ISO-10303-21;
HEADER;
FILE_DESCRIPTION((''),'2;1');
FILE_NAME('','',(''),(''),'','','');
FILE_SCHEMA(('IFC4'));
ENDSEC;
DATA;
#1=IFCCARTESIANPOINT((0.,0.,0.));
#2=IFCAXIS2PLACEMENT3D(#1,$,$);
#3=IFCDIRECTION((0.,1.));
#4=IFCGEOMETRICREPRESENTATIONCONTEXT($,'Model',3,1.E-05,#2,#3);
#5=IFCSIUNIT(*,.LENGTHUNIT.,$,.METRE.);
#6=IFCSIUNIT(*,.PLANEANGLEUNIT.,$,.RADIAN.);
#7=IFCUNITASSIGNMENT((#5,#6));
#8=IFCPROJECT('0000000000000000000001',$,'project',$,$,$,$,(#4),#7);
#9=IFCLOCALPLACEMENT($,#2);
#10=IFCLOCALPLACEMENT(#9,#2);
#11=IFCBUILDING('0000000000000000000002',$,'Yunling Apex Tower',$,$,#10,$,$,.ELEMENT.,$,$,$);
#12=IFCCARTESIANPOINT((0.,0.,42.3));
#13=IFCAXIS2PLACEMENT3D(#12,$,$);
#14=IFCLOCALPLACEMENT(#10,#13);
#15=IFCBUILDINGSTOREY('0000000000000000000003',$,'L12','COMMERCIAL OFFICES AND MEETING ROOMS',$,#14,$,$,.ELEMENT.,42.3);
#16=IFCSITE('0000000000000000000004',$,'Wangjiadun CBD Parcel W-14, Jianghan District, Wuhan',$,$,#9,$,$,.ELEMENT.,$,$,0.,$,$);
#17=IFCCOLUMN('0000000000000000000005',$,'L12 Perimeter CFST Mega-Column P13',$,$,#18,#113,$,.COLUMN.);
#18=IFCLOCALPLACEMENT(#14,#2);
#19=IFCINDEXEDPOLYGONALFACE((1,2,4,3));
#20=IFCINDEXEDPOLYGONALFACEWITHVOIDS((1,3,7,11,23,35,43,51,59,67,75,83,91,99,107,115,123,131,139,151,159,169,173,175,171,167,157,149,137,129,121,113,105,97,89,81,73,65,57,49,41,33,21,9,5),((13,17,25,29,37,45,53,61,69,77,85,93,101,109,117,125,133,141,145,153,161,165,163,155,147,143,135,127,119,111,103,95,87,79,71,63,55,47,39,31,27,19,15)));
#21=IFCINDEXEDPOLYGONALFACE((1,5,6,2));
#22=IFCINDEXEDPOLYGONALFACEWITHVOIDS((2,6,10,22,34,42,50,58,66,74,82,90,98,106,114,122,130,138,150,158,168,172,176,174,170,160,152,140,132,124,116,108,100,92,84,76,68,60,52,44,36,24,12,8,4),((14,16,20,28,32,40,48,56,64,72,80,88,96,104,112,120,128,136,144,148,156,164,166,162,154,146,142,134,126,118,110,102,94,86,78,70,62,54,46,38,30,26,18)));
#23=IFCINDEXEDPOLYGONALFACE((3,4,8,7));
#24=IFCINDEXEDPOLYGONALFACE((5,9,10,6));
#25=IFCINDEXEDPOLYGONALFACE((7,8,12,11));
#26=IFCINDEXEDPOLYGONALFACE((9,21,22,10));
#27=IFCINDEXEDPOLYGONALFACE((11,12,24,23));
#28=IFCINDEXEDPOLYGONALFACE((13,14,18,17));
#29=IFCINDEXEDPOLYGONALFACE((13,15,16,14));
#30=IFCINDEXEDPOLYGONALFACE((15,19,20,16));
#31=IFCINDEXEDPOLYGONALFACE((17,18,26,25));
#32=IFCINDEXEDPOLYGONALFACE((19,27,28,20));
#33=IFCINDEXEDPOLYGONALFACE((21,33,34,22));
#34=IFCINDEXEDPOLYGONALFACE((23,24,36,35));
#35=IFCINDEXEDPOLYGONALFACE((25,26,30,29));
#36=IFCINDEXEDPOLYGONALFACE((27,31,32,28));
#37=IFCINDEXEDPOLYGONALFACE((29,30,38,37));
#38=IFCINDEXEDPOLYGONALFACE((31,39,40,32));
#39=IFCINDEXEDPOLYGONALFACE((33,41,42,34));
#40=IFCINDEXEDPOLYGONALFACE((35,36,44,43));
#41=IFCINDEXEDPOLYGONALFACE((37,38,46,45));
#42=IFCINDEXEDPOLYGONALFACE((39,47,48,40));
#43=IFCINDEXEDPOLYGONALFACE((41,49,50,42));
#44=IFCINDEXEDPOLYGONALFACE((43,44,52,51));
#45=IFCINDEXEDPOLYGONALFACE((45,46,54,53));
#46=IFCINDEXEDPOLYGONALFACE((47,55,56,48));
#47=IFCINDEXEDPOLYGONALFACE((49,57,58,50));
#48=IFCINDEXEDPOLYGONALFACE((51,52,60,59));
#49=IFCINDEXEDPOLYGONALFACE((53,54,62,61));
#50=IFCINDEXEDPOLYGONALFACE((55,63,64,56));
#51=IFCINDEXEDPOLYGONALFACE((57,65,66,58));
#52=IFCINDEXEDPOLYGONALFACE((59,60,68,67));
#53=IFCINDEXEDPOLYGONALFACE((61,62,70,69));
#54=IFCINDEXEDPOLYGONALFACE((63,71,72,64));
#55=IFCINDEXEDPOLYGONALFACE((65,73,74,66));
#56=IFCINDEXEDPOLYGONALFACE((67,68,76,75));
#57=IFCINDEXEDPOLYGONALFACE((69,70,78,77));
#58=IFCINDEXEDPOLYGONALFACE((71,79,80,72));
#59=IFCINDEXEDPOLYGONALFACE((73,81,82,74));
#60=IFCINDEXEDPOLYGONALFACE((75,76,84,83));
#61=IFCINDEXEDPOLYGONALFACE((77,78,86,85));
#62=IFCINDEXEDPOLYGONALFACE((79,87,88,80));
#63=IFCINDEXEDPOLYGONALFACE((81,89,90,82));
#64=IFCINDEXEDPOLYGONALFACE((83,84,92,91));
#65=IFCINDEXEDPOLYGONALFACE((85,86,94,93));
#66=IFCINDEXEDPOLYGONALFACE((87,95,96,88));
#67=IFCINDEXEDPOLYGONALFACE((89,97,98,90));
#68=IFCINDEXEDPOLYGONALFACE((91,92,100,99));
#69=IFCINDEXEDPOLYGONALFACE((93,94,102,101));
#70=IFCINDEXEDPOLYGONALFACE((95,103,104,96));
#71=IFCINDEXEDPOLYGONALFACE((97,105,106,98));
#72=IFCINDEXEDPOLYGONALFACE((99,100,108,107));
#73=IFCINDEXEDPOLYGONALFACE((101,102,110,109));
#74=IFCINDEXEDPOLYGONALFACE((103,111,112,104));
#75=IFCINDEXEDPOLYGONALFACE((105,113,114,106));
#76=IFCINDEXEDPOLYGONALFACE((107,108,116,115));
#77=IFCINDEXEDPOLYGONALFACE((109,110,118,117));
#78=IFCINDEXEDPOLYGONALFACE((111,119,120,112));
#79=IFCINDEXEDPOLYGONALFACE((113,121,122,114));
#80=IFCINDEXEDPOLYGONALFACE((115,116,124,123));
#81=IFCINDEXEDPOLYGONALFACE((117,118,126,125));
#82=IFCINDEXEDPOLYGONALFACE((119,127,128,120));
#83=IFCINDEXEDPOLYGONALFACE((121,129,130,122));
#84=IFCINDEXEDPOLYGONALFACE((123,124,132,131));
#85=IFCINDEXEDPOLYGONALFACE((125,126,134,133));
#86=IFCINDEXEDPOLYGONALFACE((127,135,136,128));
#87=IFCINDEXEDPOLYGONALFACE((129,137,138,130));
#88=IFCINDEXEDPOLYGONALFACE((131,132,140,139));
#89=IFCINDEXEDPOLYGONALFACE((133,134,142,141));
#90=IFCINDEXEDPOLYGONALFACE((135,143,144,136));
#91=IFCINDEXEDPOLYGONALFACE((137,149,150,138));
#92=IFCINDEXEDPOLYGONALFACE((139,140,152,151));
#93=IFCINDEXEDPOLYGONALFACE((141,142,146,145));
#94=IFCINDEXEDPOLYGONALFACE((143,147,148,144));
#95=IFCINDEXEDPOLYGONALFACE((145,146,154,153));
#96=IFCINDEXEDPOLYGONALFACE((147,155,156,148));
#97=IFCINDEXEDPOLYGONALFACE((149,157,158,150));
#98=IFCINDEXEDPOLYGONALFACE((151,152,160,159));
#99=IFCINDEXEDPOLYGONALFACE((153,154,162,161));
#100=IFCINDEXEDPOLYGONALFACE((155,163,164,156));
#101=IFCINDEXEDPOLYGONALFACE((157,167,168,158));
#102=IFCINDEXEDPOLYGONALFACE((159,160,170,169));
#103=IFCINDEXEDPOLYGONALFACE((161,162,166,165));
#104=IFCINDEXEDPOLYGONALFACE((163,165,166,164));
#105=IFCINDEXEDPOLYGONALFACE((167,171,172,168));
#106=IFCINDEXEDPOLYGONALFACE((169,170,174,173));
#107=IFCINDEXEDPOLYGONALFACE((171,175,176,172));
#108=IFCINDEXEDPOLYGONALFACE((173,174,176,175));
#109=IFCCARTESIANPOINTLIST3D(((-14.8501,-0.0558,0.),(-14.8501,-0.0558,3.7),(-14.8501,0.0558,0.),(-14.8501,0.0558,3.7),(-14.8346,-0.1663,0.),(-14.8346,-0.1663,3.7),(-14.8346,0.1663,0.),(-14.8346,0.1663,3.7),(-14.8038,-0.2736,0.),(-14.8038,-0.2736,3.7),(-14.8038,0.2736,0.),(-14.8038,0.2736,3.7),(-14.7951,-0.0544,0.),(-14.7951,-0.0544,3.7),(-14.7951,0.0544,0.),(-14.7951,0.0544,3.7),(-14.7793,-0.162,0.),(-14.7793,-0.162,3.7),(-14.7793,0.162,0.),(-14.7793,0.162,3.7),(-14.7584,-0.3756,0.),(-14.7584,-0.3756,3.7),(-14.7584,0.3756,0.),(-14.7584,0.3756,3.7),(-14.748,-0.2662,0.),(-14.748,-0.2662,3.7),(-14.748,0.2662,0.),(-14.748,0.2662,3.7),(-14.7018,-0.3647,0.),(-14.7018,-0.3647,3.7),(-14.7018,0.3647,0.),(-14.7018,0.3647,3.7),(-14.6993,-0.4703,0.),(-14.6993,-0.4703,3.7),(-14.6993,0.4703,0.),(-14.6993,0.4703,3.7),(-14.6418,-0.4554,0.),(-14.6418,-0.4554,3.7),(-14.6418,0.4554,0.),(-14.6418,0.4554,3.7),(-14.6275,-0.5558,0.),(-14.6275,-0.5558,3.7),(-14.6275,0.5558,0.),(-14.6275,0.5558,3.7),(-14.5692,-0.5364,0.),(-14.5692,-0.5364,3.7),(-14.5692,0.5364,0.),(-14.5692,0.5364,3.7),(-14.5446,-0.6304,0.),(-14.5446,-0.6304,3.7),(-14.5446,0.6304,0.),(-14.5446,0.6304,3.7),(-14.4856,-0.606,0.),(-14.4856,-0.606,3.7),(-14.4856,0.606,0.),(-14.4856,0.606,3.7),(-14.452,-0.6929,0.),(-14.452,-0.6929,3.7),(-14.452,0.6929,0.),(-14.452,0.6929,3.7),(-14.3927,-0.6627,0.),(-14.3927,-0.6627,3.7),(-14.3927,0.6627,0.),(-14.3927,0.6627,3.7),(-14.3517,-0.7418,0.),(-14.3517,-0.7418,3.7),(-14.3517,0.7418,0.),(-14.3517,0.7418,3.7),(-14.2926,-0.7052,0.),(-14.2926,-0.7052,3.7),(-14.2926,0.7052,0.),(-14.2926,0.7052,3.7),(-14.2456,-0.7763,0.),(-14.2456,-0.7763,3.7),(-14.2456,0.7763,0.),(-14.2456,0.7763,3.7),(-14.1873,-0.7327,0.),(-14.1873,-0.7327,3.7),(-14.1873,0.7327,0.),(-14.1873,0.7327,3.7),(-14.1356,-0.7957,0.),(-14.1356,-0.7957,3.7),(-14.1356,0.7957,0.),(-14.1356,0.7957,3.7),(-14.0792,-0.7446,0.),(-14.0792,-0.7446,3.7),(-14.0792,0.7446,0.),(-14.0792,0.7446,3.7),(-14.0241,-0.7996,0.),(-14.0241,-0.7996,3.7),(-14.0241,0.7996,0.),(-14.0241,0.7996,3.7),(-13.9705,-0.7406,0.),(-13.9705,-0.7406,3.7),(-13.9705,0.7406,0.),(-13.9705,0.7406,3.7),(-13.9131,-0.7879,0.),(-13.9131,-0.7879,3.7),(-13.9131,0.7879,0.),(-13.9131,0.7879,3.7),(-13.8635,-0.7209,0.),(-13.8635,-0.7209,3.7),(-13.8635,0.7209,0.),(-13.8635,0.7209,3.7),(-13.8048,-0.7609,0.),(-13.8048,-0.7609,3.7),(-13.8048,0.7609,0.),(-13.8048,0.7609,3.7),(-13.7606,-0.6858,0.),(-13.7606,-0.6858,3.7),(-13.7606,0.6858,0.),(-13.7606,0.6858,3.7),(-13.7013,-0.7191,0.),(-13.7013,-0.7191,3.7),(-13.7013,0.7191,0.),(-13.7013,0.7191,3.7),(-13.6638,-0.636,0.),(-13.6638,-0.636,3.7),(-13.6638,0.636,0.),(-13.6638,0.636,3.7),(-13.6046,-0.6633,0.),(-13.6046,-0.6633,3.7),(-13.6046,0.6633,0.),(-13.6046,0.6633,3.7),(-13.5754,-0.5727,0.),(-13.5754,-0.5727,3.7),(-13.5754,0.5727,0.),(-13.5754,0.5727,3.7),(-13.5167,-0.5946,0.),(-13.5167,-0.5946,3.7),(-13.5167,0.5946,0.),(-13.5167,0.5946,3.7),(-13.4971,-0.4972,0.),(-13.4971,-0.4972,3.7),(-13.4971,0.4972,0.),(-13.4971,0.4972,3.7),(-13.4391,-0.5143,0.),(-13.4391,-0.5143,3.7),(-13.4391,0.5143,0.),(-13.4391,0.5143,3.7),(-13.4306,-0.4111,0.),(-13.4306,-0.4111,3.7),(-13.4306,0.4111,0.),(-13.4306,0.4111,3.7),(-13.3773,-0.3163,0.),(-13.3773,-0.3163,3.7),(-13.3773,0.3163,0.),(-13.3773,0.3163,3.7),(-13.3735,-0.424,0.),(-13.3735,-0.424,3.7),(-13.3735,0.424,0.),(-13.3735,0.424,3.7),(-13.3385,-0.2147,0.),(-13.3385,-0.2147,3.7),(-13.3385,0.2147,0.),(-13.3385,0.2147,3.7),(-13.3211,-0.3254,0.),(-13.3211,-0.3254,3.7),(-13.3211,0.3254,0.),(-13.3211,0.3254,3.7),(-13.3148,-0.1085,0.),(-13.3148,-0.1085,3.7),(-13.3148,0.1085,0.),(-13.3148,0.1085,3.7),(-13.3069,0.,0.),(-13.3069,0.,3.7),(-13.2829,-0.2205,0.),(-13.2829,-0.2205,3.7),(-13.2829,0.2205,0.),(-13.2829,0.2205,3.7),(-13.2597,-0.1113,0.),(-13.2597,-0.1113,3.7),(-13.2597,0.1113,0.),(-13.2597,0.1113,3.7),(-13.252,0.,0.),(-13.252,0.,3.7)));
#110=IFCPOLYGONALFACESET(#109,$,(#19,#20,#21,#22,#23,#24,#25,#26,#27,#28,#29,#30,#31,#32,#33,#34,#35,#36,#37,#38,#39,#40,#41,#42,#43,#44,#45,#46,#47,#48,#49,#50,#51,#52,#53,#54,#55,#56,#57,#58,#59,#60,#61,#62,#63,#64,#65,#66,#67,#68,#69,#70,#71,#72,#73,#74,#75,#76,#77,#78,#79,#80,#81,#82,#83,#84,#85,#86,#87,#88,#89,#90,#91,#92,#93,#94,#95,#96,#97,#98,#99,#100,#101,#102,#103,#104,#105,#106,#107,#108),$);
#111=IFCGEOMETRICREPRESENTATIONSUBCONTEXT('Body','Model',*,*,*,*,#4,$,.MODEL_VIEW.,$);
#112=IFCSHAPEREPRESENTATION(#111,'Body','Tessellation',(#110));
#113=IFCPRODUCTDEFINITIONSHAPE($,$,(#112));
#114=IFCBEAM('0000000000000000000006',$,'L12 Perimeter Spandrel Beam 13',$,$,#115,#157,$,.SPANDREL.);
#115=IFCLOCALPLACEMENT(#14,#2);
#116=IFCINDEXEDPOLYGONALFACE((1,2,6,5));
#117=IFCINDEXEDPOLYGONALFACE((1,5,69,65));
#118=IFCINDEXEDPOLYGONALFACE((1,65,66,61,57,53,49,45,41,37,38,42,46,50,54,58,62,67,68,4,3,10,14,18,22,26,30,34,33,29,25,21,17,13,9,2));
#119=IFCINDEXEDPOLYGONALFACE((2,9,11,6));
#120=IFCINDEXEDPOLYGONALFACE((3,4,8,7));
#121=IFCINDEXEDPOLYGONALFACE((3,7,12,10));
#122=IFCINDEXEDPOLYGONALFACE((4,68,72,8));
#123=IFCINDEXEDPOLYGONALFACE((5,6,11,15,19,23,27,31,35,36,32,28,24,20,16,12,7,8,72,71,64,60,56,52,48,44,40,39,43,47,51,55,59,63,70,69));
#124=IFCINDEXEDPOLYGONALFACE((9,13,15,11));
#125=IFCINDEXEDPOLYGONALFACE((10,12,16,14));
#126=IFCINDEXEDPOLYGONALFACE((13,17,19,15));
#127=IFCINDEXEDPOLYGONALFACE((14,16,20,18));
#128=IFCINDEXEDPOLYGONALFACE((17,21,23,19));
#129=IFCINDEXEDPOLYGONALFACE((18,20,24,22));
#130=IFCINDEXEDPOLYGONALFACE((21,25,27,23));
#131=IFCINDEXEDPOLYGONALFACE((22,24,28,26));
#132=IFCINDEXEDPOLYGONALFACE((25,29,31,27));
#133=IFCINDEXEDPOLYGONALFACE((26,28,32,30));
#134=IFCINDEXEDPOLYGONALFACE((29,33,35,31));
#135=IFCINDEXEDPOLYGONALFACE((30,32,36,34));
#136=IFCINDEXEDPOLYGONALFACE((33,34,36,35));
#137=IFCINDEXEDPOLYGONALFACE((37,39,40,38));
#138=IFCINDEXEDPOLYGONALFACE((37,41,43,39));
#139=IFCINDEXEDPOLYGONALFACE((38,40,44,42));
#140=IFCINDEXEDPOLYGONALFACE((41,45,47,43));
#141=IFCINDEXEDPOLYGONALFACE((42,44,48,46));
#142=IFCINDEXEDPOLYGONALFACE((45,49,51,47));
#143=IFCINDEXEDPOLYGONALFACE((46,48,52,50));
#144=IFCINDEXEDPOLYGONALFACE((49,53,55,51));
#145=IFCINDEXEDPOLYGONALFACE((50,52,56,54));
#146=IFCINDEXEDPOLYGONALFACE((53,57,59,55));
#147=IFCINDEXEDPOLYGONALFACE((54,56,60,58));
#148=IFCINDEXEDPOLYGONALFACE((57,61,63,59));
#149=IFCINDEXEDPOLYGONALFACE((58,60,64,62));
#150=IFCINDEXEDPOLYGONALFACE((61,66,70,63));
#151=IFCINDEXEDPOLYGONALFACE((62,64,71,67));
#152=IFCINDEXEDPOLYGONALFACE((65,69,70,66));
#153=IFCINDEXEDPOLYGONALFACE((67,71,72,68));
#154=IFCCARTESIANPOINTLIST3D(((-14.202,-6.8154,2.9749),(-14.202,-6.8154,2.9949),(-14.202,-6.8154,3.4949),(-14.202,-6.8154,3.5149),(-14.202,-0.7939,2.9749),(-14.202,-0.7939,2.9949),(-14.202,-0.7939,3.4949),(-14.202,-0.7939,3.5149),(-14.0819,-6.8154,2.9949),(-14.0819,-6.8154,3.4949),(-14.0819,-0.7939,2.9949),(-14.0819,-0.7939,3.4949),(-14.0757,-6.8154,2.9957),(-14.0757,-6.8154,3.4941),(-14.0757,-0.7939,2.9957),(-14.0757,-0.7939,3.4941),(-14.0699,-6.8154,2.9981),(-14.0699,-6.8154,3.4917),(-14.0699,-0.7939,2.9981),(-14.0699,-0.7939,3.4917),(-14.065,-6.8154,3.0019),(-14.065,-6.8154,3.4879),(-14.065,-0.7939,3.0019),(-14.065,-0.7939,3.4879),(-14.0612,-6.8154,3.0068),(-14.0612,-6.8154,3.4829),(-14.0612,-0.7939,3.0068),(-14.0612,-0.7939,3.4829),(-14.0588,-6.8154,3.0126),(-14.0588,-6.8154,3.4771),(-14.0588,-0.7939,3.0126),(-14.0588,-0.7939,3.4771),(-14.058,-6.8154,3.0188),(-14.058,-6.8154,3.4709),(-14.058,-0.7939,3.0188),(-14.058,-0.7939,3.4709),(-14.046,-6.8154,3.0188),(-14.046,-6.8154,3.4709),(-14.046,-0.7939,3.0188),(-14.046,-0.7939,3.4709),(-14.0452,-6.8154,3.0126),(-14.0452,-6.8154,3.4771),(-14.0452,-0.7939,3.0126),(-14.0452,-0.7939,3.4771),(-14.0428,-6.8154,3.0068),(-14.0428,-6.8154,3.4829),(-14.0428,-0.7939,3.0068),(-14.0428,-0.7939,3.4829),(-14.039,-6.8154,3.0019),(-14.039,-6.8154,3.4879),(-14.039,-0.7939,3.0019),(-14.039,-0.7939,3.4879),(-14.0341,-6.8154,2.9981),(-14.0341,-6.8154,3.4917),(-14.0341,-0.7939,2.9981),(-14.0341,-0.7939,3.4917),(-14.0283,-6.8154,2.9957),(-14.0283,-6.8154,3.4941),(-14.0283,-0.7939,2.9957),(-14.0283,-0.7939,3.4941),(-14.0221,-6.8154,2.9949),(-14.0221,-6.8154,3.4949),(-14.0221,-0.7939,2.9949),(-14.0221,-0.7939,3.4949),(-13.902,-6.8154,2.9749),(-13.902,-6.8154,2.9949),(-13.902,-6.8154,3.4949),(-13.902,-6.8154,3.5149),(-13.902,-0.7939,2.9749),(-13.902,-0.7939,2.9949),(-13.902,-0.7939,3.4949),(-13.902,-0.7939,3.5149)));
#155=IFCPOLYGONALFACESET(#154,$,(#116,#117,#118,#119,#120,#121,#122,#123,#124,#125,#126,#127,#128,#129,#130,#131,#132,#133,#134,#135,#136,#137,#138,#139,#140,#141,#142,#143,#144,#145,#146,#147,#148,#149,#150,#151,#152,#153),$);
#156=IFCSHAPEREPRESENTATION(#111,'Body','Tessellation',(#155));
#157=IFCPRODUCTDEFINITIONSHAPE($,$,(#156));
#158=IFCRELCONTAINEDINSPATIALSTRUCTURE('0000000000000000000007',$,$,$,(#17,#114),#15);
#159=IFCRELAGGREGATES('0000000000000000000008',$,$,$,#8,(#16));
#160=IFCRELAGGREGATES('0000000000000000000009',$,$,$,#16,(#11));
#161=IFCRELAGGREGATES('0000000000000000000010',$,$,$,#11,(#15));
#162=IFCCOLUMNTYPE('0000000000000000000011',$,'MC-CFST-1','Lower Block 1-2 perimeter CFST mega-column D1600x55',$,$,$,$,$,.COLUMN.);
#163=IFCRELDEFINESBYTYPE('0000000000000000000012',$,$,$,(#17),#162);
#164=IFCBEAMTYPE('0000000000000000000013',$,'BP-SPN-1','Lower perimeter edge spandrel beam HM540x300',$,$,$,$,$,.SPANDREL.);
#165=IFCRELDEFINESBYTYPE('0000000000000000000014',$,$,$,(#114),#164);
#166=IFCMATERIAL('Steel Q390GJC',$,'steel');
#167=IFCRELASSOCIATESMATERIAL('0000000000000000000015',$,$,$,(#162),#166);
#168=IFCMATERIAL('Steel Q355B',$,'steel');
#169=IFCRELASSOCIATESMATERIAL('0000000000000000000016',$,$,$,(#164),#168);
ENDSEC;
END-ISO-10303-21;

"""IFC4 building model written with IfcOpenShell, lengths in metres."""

from ifc_helpers import new_model, si_unit, direction, frame, origin, origin_2d, place, context, subcontext, project, spatial, hollow_circle, i_section, extrude, source, transform, mapped, material, material_profile, profile_set, type_object, element, save


model = new_model("IFC4")

# Units and contexts
model_context = context("Model", 3, precision=1e-05, world=origin(), true_north=direction((0.0, 1.0)))
body_context = subcontext(model_context, "Body", "Model", "MODEL_VIEW")
ifc_project = project(units=[si_unit("LENGTHUNIT", "METRE"), si_unit("PLANEANGLEUNIT", "RADIAN")], contexts=[model_context])

# Site, building, storey
site_placement = place(None, origin())
site = spatial("IfcSite", under=ifc_project, at=site_placement, Name="Wangjiadun CBD Parcel W-14, Jianghan District, Wuhan", CompositionType="ELEMENT", RefElevation=0.0)
building_placement = place(site_placement, origin())
building = spatial("IfcBuilding", under=site, at=building_placement, Name="Yunling Apex Tower", CompositionType="ELEMENT")
storey_placement = place(building_placement, frame((0.0, 0.0, 42.3)))
storey = spatial("IfcBuildingStorey", under=building, at=storey_placement, Name="L12", Description="COMMERCIAL OFFICES AND MEETING ROOMS", CompositionType="ELEMENT", Elevation=42.3)

# Column
ifc_material_1 = material(Name="Steel Q390GJC", Category="steel")
ifc_material_profile_1 = material_profile(ifc_material_1, hollow_circle(Radius=0.8, WallThickness=0.0549, at=origin_2d()))
ifc_profile_set_1 = profile_set([ifc_material_profile_1], Name="Steel Q390GJC")
column_type = type_object("IfcColumnType", Name="MC-CFST-1", Description="Lower Block 1-2 perimeter CFST mega-column D1600x55", PredefinedType="COLUMN", material=ifc_profile_set_1)
shared_shape_1 = source(origin(), body_context, "Body", "SweptSolid", [
    extrude(hollow_circle(Radius=0.8, WallThickness=0.0549, at=origin_2d()), origin(), (0.0, 0.0, 1.0), 3.7),
])
column_placement = place(storey_placement, frame((-14.052, 0.0, 0.0), z_axis=(0.0, 0.0, 1.0), x_axis=(1.0, 0.0, 0.0)))
element("IfcColumn", 1, at=column_placement, inside=storey, type_object=column_type, Name="L12 Perimeter CFST Mega-Column P13", PredefinedType="COLUMN", context=body_context, shape_type="MappedRepresentation", body=[
    mapped(shared_shape_1, transform((0.0, 0.0, 0.0), scale=1.0)),
])

# Beam
ifc_material_2 = material(Name="Steel Q355B", Category="steel")
ifc_material_profile_2 = material_profile(ifc_material_2, i_section(OverallWidth=0.3, OverallDepth=0.54, WebThickness=0.012, FlangeThickness=0.02, FilletRadius=0.0239, at=origin_2d()))
ifc_profile_set_2 = profile_set([ifc_material_profile_2], Name="Steel Q355B")
beam_type_1 = type_object("IfcBeamType", Name="BP-SPN-1", Description="Lower perimeter edge spandrel beam HM540x300", PredefinedType="SPANDREL", material=ifc_profile_set_2)
shared_shape_2 = source(origin(), body_context, "Body", "SweptSolid", [
    extrude(i_section(OverallWidth=0.3, OverallDepth=0.54, WebThickness=0.012, FlangeThickness=0.02, FilletRadius=0.0239, at=origin_2d()), origin(), (0.0, 0.0, 1.0), 6.0215),
])
beam_1_placement = place(storey_placement, frame((-14.052, -0.7939, 3.2449), z_axis=(0.0, -1.0, 0.0), x_axis=(1.0, 0.0, 0.0)))
element("IfcBeam", 2, at=beam_1_placement, inside=storey, type_object=beam_type_1, Name="L12 Perimeter Spandrel Beam 13", PredefinedType="SPANDREL", context=body_context, shape_type="MappedRepresentation", body=[
    mapped(shared_shape_2, transform((0.0, 0.0, 0.0), scale=1.0)),
])

save(model, "model.ifc")
